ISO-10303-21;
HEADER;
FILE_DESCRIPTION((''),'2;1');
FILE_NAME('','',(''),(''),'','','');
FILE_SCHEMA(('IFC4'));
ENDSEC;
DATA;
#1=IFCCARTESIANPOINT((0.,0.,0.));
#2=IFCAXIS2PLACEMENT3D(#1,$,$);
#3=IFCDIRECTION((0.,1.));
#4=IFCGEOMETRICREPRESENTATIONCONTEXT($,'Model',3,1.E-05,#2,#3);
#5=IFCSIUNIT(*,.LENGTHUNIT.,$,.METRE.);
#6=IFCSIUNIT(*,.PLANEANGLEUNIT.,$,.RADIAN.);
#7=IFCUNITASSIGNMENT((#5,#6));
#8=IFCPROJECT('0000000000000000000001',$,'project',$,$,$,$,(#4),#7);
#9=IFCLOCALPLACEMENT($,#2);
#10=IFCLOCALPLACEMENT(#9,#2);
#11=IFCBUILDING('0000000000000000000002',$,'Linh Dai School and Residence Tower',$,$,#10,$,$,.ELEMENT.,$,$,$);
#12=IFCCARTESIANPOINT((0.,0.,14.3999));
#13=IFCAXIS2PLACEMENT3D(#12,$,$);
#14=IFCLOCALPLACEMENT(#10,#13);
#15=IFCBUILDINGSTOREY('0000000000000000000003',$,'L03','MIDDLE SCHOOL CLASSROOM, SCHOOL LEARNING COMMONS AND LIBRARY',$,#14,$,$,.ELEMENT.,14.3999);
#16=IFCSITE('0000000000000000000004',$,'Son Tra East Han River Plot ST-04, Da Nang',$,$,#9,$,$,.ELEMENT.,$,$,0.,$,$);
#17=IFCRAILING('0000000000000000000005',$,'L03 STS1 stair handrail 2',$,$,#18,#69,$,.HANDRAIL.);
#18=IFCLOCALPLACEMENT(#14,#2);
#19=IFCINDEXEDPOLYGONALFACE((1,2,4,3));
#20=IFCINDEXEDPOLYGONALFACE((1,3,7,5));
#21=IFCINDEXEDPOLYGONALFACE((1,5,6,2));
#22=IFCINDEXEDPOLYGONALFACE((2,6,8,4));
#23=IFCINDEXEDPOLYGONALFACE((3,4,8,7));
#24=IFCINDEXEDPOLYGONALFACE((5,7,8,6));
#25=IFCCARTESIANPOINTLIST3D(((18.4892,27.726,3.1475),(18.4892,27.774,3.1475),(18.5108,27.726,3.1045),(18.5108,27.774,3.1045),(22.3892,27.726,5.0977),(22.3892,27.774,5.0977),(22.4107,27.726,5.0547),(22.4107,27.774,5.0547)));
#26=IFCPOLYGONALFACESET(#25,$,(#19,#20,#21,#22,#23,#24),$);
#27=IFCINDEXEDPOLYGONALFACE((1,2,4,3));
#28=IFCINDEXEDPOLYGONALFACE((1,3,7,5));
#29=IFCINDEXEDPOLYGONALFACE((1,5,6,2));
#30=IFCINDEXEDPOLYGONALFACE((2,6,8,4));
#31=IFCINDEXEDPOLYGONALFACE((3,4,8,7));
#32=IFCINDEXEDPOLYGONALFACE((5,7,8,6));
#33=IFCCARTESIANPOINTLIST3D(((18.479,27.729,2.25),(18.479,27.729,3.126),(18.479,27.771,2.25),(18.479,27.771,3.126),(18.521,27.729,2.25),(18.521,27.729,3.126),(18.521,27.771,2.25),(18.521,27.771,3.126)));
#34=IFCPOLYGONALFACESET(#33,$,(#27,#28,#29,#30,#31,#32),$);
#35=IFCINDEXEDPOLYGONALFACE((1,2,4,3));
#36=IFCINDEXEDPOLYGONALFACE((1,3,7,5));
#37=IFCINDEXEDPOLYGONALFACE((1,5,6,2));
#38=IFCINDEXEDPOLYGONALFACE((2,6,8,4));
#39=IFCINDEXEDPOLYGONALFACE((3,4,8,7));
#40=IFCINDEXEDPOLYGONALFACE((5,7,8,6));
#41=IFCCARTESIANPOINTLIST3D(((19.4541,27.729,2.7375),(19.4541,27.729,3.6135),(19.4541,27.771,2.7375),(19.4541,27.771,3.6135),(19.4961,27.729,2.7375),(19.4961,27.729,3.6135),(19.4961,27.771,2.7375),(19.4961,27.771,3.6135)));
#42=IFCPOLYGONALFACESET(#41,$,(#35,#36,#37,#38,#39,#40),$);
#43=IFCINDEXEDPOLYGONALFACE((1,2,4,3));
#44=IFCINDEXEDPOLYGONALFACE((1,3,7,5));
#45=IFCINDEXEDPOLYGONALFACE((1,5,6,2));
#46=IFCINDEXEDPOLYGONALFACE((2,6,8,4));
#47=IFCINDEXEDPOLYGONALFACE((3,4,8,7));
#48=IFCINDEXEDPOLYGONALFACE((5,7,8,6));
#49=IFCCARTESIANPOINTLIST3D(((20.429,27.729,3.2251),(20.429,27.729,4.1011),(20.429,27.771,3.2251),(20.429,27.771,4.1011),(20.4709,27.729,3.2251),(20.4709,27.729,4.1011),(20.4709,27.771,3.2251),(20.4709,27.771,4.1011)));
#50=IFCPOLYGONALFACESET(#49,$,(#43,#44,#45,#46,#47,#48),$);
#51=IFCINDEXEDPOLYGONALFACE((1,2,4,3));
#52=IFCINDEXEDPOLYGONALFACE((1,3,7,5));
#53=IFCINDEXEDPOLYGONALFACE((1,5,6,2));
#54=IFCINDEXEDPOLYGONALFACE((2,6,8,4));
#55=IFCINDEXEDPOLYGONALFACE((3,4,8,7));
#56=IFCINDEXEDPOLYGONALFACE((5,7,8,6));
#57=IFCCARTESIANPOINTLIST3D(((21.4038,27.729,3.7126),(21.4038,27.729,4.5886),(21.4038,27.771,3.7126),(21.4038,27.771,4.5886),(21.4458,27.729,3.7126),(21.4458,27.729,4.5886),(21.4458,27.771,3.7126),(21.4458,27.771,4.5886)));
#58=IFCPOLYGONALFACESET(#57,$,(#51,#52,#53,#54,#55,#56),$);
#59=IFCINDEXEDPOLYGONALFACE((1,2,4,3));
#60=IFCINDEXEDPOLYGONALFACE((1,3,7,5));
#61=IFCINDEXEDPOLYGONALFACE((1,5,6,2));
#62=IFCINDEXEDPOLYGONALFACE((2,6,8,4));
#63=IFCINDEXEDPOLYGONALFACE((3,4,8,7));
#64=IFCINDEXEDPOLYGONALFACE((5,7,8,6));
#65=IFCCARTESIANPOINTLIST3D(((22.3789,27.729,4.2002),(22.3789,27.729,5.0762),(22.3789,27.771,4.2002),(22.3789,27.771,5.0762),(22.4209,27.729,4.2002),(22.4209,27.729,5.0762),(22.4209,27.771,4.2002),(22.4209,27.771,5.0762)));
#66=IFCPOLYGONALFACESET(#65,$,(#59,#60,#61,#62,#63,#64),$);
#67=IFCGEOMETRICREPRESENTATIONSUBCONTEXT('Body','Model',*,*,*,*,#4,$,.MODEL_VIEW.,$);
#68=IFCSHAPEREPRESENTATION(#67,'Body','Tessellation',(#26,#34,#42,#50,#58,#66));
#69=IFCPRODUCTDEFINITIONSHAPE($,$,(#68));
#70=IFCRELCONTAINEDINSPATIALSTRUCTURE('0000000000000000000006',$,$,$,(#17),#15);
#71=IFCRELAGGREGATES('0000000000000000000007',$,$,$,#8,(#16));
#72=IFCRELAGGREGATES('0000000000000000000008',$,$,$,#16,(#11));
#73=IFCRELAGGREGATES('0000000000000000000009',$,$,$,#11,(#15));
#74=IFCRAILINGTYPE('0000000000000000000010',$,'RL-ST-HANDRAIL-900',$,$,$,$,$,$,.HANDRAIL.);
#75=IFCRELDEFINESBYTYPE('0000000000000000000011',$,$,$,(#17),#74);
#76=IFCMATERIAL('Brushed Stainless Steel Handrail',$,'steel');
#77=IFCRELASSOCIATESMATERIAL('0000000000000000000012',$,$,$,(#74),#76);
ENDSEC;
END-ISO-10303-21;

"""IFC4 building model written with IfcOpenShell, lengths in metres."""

from ifc_helpers import new_model, si_unit, direction, frame, origin, origin_2d, place, context, subcontext, project, spatial, rectangle, extrude, source, transform, mapped, material, type_object, element, save


model = new_model("IFC4")

# Units and contexts
model_context = context("Model", 3, precision=1e-05, world=origin(), true_north=direction((0.0, 1.0)))
body_context = subcontext(model_context, "Body", "Model", "MODEL_VIEW")
ifc_project = project(units=[si_unit("LENGTHUNIT", "METRE"), si_unit("PLANEANGLEUNIT", "RADIAN")], contexts=[model_context])

# Site, building, storey
site_placement = place(None, origin())
site = spatial("IfcSite", under=ifc_project, at=site_placement, Name="Son Tra East Han River Plot ST-04, Da Nang", CompositionType="ELEMENT", RefElevation=0.0)
building_placement = place(site_placement, origin())
building = spatial("IfcBuilding", under=site, at=building_placement, Name="Linh Dai School and Residence Tower", CompositionType="ELEMENT")
storey_placement = place(building_placement, frame((0.0, 0.0, 14.3999)))
storey = spatial("IfcBuildingStorey", under=building, at=storey_placement, Name="L03", Description="MIDDLE SCHOOL CLASSROOM, SCHOOL LEARNING COMMONS AND LIBRARY", CompositionType="ELEMENT", Elevation=14.3999)

# Railing
ifc_material_1 = material(Name="Brushed Stainless Steel Handrail", Category="steel")
railing_type_1 = type_object("IfcRailingType", Name="RL-ST-HANDRAIL-900", PredefinedType="HANDRAIL", material=ifc_material_1)
shared_shape_1 = source(origin(), body_context, "Body", "SweptSolid", [
    extrude(rectangle(XDim=0.0481, YDim=0.0481, at=origin_2d()), frame((0.0, 0.0, 0.876), z_axis=(0.894405, 0.0, 0.447258), x_axis=(0.0, 1.0, 0.0)), (0.0, 0.0, 1.0), 4.3604),
    extrude(rectangle(XDim=0.042, YDim=0.042, at=origin_2d()), origin(), (0.0, 0.0, 1.0), 0.876),
    extrude(rectangle(XDim=0.042, YDim=0.042, at=origin_2d()), frame((0.9751, 0.0, 0.4875)), (0.0, 0.0, 1.0), 0.876),
    extrude(rectangle(XDim=0.042, YDim=0.042, at=origin_2d()), frame((1.95, 0.0, 0.9751)), (0.0, 0.0, 1.0), 0.876),
    extrude(rectangle(XDim=0.042, YDim=0.042, at=origin_2d()), frame((2.9248, 0.0, 1.4626)), (0.0, 0.0, 1.0), 0.876),
    extrude(rectangle(XDim=0.042, YDim=0.042, at=origin_2d()), frame((3.8999, 0.0, 1.9502)), (0.0, 0.0, 1.0), 0.876),
])
railing_1_placement = place(storey_placement, frame((18.5, 27.75, 2.25)))
element("IfcRailing", 1, at=railing_1_placement, inside=storey, type_object=railing_type_1, Name="L03 STS1 stair handrail 2", PredefinedType="HANDRAIL", context=body_context, shape_type="MappedRepresentation", body=[
    mapped(shared_shape_1, transform((0.0, 0.0, 0.0), x_axis=(1.0, 0.0, 0.0), y_axis=(0.0, 1.0, 0.0), z_axis=(0.0, 0.0, 1.0), scale=1.0)),
])

save(model, "model.ifc")
